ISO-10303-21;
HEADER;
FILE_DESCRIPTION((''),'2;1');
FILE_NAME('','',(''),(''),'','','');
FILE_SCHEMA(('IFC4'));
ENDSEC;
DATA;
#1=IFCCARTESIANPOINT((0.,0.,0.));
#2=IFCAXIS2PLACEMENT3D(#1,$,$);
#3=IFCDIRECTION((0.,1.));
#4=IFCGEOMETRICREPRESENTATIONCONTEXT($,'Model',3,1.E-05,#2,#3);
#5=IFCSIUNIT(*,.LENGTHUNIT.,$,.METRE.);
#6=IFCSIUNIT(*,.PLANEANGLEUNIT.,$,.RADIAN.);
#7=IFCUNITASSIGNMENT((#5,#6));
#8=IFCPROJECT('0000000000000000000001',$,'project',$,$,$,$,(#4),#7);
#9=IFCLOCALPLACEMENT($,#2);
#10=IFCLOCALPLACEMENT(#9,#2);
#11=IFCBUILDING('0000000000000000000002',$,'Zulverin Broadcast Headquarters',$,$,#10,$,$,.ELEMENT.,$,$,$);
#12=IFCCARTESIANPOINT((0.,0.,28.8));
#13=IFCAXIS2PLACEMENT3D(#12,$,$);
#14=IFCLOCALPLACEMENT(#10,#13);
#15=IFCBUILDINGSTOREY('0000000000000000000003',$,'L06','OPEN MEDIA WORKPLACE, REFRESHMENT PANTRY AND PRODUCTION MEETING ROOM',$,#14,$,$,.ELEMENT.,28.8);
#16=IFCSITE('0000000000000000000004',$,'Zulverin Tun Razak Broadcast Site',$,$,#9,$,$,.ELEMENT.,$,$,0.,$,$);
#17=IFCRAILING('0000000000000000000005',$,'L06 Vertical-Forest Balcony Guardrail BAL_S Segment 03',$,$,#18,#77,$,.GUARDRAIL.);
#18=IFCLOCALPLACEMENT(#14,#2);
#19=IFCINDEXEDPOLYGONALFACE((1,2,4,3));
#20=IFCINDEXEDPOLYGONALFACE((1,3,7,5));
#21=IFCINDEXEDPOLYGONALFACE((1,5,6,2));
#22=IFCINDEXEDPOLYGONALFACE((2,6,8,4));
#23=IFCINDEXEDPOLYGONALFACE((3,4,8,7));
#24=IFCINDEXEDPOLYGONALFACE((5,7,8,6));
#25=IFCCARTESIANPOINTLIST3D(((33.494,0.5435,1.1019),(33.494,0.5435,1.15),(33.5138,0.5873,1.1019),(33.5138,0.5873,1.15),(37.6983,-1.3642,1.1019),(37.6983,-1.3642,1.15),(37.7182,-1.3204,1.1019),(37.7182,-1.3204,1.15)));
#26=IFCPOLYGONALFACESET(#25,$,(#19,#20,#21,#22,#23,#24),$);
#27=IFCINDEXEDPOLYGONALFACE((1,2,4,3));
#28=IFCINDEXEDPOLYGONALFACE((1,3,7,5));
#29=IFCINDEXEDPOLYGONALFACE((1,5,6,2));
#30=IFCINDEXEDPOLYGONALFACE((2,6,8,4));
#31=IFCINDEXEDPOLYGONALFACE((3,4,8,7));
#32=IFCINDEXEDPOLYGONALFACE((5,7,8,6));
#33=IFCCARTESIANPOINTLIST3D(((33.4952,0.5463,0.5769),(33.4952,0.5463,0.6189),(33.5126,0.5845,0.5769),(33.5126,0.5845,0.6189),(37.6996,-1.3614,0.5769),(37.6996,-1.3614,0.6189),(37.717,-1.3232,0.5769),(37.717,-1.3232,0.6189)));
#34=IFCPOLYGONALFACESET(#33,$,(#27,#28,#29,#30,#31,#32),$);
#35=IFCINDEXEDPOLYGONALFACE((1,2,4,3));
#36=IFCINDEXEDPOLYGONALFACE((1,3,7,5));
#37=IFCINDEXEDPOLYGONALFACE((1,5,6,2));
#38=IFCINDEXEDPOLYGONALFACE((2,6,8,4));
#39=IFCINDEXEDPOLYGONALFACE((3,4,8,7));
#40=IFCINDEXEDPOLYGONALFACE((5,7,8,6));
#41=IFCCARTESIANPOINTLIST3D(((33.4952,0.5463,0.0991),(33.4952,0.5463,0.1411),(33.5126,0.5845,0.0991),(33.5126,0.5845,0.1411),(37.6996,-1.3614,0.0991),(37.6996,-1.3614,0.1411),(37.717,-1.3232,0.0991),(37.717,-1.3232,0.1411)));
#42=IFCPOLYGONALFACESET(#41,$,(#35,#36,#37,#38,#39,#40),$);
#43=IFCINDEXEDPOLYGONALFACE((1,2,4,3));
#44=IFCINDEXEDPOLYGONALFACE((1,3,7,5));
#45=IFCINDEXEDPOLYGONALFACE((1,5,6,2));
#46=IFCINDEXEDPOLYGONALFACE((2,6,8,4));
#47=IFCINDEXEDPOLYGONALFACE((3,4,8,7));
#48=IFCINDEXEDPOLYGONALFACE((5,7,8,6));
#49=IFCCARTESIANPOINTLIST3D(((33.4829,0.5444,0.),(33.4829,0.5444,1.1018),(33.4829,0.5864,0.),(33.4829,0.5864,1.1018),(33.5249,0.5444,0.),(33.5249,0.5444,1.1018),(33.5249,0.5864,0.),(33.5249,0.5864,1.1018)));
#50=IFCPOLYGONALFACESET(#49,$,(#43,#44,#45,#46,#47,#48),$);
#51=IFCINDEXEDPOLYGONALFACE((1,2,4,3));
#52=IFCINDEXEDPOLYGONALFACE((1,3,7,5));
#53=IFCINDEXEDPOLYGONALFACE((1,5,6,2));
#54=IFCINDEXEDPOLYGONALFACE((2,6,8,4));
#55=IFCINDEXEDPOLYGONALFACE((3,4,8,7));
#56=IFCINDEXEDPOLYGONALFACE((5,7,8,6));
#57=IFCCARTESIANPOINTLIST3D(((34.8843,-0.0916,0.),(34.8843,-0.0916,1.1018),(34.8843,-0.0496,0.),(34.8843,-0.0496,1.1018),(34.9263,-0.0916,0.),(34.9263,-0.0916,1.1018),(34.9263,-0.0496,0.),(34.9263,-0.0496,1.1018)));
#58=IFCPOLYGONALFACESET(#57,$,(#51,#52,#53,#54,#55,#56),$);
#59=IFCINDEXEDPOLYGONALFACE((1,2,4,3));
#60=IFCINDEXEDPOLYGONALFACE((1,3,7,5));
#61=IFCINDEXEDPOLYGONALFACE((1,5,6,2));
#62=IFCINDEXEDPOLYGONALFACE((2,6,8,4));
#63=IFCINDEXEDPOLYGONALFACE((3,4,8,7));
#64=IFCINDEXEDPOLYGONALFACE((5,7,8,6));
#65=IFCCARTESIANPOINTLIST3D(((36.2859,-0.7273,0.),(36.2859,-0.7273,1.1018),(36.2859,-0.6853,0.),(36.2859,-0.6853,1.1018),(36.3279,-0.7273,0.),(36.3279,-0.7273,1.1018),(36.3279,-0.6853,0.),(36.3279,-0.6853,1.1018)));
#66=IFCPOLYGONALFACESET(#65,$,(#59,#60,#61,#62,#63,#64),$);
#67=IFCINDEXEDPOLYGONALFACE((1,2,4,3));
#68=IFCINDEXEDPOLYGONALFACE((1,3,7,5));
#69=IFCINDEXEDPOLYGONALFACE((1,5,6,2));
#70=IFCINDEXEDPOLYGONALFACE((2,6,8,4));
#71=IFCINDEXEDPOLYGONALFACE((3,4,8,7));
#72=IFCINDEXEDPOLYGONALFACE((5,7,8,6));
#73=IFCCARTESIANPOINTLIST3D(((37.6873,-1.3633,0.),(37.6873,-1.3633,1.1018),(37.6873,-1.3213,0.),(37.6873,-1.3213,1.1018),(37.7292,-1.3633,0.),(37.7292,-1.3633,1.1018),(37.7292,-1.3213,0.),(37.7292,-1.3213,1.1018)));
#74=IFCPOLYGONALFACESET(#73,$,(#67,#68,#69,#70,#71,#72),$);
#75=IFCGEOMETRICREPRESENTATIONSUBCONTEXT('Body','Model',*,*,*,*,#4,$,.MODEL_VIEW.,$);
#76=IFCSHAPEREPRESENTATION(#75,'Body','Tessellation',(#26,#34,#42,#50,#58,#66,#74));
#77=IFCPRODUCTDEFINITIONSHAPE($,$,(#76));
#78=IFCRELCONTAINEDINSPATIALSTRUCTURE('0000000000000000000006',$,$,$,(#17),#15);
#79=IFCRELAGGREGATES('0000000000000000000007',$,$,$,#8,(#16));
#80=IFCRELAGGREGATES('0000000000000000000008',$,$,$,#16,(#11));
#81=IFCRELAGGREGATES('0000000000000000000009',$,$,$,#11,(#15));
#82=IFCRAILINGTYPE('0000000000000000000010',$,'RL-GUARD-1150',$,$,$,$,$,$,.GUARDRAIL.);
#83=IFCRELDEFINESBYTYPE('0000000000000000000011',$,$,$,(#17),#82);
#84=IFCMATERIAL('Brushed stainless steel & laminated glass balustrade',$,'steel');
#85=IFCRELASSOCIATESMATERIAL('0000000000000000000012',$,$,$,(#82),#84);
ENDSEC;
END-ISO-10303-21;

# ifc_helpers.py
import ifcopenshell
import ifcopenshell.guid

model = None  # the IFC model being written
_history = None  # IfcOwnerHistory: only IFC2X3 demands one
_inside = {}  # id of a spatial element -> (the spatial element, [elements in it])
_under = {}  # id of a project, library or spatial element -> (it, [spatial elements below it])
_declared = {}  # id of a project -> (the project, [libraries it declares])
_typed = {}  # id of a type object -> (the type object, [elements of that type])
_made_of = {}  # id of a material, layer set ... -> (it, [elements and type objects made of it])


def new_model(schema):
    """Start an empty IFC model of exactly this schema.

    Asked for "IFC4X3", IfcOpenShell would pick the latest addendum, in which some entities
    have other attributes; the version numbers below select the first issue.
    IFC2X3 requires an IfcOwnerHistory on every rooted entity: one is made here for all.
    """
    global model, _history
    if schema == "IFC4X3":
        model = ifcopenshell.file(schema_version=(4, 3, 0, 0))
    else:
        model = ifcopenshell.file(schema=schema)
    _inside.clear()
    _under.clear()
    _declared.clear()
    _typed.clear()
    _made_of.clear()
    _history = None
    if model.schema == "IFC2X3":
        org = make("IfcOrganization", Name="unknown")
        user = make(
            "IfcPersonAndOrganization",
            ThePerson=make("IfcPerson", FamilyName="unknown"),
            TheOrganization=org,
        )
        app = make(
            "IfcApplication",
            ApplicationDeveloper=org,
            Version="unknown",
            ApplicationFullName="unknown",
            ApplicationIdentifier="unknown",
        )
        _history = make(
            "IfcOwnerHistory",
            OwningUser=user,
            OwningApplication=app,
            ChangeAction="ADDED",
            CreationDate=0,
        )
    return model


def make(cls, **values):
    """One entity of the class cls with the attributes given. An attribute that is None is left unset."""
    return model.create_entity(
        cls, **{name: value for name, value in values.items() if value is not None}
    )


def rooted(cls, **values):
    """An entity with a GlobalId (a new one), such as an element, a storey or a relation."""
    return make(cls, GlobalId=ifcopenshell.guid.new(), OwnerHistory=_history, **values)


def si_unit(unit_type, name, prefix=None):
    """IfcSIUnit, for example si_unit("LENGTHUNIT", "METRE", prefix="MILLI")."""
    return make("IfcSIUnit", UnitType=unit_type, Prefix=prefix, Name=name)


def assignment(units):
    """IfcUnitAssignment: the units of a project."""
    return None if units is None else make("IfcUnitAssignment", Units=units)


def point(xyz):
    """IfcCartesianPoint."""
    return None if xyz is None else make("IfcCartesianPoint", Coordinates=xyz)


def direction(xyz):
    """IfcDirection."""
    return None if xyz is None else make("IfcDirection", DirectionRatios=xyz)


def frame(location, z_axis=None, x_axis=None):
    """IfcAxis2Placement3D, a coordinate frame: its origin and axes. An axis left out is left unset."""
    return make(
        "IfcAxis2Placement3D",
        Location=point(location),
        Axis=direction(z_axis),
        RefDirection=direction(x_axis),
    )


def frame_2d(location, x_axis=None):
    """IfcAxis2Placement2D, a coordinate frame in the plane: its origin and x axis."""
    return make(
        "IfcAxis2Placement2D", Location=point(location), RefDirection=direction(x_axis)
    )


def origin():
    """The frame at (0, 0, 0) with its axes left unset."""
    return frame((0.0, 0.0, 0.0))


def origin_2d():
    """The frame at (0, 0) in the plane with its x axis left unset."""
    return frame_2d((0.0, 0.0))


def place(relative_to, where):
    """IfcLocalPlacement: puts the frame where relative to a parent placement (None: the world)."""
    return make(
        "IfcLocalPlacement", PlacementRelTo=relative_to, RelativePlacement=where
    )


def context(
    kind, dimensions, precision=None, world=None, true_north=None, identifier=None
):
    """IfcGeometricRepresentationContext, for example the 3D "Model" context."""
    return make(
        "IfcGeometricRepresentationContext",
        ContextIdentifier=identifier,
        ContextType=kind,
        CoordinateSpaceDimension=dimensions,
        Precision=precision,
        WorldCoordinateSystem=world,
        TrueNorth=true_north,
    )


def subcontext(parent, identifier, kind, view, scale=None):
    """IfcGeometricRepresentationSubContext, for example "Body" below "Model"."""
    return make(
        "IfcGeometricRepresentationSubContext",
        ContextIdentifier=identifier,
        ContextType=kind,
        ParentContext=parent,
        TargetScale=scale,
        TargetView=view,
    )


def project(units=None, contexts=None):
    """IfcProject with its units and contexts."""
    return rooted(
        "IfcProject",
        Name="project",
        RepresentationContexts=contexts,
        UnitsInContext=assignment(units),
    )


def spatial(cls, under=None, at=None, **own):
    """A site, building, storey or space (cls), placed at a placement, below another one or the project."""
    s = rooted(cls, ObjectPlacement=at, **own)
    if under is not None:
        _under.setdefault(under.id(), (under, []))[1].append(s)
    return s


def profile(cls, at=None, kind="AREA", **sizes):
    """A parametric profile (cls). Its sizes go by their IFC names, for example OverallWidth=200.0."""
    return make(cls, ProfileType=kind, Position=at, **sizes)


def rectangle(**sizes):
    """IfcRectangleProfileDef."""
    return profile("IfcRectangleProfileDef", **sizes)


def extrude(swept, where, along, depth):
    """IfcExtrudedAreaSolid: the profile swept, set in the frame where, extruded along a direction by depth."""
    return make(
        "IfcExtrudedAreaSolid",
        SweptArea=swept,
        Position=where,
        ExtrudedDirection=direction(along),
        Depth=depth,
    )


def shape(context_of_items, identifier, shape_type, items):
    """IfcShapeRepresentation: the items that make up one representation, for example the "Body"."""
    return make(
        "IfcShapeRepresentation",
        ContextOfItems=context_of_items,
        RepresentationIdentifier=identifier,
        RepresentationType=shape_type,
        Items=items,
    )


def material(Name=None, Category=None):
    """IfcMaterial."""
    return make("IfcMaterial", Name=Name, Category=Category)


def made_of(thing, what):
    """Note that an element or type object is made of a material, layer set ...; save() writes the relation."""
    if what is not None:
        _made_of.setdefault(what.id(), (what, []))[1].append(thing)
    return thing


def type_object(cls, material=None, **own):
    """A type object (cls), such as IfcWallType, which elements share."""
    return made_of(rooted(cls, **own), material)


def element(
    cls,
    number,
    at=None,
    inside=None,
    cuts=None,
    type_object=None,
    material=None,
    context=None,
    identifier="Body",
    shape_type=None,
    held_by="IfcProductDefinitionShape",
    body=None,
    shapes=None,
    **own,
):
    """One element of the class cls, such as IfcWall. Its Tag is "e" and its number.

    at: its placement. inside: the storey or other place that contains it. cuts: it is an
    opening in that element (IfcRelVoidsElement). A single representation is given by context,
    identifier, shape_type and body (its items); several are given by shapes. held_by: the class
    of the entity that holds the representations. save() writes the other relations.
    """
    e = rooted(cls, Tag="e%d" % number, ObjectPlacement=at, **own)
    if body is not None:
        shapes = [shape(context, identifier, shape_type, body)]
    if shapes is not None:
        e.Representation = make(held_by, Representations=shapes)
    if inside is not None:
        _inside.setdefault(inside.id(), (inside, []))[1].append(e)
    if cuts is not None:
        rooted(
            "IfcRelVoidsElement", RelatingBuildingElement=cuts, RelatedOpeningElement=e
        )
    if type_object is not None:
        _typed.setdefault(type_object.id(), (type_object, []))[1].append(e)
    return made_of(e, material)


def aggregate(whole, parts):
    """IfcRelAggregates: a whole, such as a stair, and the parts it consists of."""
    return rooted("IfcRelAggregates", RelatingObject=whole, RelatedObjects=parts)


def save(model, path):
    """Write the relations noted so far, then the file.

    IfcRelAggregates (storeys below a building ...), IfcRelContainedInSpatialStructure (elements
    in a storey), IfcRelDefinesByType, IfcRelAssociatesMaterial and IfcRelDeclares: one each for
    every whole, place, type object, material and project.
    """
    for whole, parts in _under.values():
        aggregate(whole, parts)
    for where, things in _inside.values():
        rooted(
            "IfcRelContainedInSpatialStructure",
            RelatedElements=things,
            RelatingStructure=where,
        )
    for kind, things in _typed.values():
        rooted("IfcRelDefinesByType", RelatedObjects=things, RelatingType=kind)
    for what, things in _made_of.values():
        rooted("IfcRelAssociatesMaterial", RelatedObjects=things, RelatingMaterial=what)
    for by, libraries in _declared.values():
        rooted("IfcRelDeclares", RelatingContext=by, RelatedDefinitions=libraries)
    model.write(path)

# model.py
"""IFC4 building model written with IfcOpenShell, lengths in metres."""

from ifc_helpers import new_model, si_unit, direction, frame, origin, origin_2d, place, context, subcontext, project, spatial, rectangle, extrude, material, type_object, element, save


model = new_model("IFC4")

# Units and contexts
model_context = context("Model", 3, precision=1e-05, world=origin(), true_north=direction((0.0, 1.0)))
body_context = subcontext(model_context, "Body", "Model", "MODEL_VIEW")
ifc_project = project(units=[si_unit("LENGTHUNIT", "METRE"), si_unit("PLANEANGLEUNIT", "RADIAN")], contexts=[model_context])

# Site, building, storey
site_placement = place(None, origin())
site = spatial("IfcSite", under=ifc_project, at=site_placement, Name="Zulverin Tun Razak Broadcast Site", CompositionType="ELEMENT", RefElevation=0.0)
building_placement = place(site_placement, origin())
building = spatial("IfcBuilding", under=site, at=building_placement, Name="Zulverin Broadcast Headquarters", CompositionType="ELEMENT")
storey_placement = place(building_placement, frame((0.0, 0.0, 28.8)))
storey = spatial("IfcBuildingStorey", under=building, at=storey_placement, Name="L06", Description="OPEN MEDIA WORKPLACE, REFRESHMENT PANTRY AND PRODUCTION MEETING ROOM", CompositionType="ELEMENT", Elevation=28.8)

# Railing
ifc_material_1 = material(Name="Brushed stainless steel & laminated glass balustrade", Category="steel")
railing_type = type_object("IfcRailingType", Name="RL-GUARD-1150", PredefinedType="GUARDRAIL", material=ifc_material_1)
railing_1_placement = place(storey_placement, frame((33.5039, 0.5654, 0.0)))
element("IfcRailing", 1, at=railing_1_placement, inside=storey, type_object=railing_type, Name="L06 Vertical-Forest Balcony Guardrail BAL_S Segment 03", PredefinedType="GUARDRAIL", context=body_context, shape_type="SweptSolid", body=[
    extrude(rectangle(XDim=0.0481, YDim=0.0481, at=origin_2d()), frame((0.0, 0.0, 1.126), z_axis=(0.91064, -0.413201, 0.0), x_axis=(0.413201, 0.91064, 0.0)), (0.0, 0.0, 1.0), 4.6169),
    extrude(rectangle(XDim=0.042, YDim=0.042, at=origin_2d()), frame((0.0, 0.0, 0.5979), z_axis=(0.91064, -0.413201, 0.0), x_axis=(0.413201, 0.91064, 0.0)), (0.0, 0.0, 1.0), 4.6169),
    extrude(rectangle(XDim=0.042, YDim=0.042, at=origin_2d()), frame((0.0, 0.0, 0.1201), z_axis=(0.91064, -0.413201, 0.0), x_axis=(0.413201, 0.91064, 0.0)), (0.0, 0.0, 1.0), 4.6169),
    extrude(rectangle(XDim=0.042, YDim=0.042, at=origin_2d()), origin(), (0.0, 0.0, 1.0), 1.1018),
    extrude(rectangle(XDim=0.042, YDim=0.042, at=origin_2d()), frame((1.4014, -0.636, 0.0)), (0.0, 0.0, 1.0), 1.1018),
    extrude(rectangle(XDim=0.042, YDim=0.042, at=origin_2d()), frame((2.803, -1.2717, 0.0)), (0.0, 0.0, 1.0), 1.1018),
    extrude(rectangle(XDim=0.042, YDim=0.042, at=origin_2d()), frame((4.2043, -1.9077, 0.0)), (0.0, 0.0, 1.0), 1.1018),
])

save(model, "model.ifc")
